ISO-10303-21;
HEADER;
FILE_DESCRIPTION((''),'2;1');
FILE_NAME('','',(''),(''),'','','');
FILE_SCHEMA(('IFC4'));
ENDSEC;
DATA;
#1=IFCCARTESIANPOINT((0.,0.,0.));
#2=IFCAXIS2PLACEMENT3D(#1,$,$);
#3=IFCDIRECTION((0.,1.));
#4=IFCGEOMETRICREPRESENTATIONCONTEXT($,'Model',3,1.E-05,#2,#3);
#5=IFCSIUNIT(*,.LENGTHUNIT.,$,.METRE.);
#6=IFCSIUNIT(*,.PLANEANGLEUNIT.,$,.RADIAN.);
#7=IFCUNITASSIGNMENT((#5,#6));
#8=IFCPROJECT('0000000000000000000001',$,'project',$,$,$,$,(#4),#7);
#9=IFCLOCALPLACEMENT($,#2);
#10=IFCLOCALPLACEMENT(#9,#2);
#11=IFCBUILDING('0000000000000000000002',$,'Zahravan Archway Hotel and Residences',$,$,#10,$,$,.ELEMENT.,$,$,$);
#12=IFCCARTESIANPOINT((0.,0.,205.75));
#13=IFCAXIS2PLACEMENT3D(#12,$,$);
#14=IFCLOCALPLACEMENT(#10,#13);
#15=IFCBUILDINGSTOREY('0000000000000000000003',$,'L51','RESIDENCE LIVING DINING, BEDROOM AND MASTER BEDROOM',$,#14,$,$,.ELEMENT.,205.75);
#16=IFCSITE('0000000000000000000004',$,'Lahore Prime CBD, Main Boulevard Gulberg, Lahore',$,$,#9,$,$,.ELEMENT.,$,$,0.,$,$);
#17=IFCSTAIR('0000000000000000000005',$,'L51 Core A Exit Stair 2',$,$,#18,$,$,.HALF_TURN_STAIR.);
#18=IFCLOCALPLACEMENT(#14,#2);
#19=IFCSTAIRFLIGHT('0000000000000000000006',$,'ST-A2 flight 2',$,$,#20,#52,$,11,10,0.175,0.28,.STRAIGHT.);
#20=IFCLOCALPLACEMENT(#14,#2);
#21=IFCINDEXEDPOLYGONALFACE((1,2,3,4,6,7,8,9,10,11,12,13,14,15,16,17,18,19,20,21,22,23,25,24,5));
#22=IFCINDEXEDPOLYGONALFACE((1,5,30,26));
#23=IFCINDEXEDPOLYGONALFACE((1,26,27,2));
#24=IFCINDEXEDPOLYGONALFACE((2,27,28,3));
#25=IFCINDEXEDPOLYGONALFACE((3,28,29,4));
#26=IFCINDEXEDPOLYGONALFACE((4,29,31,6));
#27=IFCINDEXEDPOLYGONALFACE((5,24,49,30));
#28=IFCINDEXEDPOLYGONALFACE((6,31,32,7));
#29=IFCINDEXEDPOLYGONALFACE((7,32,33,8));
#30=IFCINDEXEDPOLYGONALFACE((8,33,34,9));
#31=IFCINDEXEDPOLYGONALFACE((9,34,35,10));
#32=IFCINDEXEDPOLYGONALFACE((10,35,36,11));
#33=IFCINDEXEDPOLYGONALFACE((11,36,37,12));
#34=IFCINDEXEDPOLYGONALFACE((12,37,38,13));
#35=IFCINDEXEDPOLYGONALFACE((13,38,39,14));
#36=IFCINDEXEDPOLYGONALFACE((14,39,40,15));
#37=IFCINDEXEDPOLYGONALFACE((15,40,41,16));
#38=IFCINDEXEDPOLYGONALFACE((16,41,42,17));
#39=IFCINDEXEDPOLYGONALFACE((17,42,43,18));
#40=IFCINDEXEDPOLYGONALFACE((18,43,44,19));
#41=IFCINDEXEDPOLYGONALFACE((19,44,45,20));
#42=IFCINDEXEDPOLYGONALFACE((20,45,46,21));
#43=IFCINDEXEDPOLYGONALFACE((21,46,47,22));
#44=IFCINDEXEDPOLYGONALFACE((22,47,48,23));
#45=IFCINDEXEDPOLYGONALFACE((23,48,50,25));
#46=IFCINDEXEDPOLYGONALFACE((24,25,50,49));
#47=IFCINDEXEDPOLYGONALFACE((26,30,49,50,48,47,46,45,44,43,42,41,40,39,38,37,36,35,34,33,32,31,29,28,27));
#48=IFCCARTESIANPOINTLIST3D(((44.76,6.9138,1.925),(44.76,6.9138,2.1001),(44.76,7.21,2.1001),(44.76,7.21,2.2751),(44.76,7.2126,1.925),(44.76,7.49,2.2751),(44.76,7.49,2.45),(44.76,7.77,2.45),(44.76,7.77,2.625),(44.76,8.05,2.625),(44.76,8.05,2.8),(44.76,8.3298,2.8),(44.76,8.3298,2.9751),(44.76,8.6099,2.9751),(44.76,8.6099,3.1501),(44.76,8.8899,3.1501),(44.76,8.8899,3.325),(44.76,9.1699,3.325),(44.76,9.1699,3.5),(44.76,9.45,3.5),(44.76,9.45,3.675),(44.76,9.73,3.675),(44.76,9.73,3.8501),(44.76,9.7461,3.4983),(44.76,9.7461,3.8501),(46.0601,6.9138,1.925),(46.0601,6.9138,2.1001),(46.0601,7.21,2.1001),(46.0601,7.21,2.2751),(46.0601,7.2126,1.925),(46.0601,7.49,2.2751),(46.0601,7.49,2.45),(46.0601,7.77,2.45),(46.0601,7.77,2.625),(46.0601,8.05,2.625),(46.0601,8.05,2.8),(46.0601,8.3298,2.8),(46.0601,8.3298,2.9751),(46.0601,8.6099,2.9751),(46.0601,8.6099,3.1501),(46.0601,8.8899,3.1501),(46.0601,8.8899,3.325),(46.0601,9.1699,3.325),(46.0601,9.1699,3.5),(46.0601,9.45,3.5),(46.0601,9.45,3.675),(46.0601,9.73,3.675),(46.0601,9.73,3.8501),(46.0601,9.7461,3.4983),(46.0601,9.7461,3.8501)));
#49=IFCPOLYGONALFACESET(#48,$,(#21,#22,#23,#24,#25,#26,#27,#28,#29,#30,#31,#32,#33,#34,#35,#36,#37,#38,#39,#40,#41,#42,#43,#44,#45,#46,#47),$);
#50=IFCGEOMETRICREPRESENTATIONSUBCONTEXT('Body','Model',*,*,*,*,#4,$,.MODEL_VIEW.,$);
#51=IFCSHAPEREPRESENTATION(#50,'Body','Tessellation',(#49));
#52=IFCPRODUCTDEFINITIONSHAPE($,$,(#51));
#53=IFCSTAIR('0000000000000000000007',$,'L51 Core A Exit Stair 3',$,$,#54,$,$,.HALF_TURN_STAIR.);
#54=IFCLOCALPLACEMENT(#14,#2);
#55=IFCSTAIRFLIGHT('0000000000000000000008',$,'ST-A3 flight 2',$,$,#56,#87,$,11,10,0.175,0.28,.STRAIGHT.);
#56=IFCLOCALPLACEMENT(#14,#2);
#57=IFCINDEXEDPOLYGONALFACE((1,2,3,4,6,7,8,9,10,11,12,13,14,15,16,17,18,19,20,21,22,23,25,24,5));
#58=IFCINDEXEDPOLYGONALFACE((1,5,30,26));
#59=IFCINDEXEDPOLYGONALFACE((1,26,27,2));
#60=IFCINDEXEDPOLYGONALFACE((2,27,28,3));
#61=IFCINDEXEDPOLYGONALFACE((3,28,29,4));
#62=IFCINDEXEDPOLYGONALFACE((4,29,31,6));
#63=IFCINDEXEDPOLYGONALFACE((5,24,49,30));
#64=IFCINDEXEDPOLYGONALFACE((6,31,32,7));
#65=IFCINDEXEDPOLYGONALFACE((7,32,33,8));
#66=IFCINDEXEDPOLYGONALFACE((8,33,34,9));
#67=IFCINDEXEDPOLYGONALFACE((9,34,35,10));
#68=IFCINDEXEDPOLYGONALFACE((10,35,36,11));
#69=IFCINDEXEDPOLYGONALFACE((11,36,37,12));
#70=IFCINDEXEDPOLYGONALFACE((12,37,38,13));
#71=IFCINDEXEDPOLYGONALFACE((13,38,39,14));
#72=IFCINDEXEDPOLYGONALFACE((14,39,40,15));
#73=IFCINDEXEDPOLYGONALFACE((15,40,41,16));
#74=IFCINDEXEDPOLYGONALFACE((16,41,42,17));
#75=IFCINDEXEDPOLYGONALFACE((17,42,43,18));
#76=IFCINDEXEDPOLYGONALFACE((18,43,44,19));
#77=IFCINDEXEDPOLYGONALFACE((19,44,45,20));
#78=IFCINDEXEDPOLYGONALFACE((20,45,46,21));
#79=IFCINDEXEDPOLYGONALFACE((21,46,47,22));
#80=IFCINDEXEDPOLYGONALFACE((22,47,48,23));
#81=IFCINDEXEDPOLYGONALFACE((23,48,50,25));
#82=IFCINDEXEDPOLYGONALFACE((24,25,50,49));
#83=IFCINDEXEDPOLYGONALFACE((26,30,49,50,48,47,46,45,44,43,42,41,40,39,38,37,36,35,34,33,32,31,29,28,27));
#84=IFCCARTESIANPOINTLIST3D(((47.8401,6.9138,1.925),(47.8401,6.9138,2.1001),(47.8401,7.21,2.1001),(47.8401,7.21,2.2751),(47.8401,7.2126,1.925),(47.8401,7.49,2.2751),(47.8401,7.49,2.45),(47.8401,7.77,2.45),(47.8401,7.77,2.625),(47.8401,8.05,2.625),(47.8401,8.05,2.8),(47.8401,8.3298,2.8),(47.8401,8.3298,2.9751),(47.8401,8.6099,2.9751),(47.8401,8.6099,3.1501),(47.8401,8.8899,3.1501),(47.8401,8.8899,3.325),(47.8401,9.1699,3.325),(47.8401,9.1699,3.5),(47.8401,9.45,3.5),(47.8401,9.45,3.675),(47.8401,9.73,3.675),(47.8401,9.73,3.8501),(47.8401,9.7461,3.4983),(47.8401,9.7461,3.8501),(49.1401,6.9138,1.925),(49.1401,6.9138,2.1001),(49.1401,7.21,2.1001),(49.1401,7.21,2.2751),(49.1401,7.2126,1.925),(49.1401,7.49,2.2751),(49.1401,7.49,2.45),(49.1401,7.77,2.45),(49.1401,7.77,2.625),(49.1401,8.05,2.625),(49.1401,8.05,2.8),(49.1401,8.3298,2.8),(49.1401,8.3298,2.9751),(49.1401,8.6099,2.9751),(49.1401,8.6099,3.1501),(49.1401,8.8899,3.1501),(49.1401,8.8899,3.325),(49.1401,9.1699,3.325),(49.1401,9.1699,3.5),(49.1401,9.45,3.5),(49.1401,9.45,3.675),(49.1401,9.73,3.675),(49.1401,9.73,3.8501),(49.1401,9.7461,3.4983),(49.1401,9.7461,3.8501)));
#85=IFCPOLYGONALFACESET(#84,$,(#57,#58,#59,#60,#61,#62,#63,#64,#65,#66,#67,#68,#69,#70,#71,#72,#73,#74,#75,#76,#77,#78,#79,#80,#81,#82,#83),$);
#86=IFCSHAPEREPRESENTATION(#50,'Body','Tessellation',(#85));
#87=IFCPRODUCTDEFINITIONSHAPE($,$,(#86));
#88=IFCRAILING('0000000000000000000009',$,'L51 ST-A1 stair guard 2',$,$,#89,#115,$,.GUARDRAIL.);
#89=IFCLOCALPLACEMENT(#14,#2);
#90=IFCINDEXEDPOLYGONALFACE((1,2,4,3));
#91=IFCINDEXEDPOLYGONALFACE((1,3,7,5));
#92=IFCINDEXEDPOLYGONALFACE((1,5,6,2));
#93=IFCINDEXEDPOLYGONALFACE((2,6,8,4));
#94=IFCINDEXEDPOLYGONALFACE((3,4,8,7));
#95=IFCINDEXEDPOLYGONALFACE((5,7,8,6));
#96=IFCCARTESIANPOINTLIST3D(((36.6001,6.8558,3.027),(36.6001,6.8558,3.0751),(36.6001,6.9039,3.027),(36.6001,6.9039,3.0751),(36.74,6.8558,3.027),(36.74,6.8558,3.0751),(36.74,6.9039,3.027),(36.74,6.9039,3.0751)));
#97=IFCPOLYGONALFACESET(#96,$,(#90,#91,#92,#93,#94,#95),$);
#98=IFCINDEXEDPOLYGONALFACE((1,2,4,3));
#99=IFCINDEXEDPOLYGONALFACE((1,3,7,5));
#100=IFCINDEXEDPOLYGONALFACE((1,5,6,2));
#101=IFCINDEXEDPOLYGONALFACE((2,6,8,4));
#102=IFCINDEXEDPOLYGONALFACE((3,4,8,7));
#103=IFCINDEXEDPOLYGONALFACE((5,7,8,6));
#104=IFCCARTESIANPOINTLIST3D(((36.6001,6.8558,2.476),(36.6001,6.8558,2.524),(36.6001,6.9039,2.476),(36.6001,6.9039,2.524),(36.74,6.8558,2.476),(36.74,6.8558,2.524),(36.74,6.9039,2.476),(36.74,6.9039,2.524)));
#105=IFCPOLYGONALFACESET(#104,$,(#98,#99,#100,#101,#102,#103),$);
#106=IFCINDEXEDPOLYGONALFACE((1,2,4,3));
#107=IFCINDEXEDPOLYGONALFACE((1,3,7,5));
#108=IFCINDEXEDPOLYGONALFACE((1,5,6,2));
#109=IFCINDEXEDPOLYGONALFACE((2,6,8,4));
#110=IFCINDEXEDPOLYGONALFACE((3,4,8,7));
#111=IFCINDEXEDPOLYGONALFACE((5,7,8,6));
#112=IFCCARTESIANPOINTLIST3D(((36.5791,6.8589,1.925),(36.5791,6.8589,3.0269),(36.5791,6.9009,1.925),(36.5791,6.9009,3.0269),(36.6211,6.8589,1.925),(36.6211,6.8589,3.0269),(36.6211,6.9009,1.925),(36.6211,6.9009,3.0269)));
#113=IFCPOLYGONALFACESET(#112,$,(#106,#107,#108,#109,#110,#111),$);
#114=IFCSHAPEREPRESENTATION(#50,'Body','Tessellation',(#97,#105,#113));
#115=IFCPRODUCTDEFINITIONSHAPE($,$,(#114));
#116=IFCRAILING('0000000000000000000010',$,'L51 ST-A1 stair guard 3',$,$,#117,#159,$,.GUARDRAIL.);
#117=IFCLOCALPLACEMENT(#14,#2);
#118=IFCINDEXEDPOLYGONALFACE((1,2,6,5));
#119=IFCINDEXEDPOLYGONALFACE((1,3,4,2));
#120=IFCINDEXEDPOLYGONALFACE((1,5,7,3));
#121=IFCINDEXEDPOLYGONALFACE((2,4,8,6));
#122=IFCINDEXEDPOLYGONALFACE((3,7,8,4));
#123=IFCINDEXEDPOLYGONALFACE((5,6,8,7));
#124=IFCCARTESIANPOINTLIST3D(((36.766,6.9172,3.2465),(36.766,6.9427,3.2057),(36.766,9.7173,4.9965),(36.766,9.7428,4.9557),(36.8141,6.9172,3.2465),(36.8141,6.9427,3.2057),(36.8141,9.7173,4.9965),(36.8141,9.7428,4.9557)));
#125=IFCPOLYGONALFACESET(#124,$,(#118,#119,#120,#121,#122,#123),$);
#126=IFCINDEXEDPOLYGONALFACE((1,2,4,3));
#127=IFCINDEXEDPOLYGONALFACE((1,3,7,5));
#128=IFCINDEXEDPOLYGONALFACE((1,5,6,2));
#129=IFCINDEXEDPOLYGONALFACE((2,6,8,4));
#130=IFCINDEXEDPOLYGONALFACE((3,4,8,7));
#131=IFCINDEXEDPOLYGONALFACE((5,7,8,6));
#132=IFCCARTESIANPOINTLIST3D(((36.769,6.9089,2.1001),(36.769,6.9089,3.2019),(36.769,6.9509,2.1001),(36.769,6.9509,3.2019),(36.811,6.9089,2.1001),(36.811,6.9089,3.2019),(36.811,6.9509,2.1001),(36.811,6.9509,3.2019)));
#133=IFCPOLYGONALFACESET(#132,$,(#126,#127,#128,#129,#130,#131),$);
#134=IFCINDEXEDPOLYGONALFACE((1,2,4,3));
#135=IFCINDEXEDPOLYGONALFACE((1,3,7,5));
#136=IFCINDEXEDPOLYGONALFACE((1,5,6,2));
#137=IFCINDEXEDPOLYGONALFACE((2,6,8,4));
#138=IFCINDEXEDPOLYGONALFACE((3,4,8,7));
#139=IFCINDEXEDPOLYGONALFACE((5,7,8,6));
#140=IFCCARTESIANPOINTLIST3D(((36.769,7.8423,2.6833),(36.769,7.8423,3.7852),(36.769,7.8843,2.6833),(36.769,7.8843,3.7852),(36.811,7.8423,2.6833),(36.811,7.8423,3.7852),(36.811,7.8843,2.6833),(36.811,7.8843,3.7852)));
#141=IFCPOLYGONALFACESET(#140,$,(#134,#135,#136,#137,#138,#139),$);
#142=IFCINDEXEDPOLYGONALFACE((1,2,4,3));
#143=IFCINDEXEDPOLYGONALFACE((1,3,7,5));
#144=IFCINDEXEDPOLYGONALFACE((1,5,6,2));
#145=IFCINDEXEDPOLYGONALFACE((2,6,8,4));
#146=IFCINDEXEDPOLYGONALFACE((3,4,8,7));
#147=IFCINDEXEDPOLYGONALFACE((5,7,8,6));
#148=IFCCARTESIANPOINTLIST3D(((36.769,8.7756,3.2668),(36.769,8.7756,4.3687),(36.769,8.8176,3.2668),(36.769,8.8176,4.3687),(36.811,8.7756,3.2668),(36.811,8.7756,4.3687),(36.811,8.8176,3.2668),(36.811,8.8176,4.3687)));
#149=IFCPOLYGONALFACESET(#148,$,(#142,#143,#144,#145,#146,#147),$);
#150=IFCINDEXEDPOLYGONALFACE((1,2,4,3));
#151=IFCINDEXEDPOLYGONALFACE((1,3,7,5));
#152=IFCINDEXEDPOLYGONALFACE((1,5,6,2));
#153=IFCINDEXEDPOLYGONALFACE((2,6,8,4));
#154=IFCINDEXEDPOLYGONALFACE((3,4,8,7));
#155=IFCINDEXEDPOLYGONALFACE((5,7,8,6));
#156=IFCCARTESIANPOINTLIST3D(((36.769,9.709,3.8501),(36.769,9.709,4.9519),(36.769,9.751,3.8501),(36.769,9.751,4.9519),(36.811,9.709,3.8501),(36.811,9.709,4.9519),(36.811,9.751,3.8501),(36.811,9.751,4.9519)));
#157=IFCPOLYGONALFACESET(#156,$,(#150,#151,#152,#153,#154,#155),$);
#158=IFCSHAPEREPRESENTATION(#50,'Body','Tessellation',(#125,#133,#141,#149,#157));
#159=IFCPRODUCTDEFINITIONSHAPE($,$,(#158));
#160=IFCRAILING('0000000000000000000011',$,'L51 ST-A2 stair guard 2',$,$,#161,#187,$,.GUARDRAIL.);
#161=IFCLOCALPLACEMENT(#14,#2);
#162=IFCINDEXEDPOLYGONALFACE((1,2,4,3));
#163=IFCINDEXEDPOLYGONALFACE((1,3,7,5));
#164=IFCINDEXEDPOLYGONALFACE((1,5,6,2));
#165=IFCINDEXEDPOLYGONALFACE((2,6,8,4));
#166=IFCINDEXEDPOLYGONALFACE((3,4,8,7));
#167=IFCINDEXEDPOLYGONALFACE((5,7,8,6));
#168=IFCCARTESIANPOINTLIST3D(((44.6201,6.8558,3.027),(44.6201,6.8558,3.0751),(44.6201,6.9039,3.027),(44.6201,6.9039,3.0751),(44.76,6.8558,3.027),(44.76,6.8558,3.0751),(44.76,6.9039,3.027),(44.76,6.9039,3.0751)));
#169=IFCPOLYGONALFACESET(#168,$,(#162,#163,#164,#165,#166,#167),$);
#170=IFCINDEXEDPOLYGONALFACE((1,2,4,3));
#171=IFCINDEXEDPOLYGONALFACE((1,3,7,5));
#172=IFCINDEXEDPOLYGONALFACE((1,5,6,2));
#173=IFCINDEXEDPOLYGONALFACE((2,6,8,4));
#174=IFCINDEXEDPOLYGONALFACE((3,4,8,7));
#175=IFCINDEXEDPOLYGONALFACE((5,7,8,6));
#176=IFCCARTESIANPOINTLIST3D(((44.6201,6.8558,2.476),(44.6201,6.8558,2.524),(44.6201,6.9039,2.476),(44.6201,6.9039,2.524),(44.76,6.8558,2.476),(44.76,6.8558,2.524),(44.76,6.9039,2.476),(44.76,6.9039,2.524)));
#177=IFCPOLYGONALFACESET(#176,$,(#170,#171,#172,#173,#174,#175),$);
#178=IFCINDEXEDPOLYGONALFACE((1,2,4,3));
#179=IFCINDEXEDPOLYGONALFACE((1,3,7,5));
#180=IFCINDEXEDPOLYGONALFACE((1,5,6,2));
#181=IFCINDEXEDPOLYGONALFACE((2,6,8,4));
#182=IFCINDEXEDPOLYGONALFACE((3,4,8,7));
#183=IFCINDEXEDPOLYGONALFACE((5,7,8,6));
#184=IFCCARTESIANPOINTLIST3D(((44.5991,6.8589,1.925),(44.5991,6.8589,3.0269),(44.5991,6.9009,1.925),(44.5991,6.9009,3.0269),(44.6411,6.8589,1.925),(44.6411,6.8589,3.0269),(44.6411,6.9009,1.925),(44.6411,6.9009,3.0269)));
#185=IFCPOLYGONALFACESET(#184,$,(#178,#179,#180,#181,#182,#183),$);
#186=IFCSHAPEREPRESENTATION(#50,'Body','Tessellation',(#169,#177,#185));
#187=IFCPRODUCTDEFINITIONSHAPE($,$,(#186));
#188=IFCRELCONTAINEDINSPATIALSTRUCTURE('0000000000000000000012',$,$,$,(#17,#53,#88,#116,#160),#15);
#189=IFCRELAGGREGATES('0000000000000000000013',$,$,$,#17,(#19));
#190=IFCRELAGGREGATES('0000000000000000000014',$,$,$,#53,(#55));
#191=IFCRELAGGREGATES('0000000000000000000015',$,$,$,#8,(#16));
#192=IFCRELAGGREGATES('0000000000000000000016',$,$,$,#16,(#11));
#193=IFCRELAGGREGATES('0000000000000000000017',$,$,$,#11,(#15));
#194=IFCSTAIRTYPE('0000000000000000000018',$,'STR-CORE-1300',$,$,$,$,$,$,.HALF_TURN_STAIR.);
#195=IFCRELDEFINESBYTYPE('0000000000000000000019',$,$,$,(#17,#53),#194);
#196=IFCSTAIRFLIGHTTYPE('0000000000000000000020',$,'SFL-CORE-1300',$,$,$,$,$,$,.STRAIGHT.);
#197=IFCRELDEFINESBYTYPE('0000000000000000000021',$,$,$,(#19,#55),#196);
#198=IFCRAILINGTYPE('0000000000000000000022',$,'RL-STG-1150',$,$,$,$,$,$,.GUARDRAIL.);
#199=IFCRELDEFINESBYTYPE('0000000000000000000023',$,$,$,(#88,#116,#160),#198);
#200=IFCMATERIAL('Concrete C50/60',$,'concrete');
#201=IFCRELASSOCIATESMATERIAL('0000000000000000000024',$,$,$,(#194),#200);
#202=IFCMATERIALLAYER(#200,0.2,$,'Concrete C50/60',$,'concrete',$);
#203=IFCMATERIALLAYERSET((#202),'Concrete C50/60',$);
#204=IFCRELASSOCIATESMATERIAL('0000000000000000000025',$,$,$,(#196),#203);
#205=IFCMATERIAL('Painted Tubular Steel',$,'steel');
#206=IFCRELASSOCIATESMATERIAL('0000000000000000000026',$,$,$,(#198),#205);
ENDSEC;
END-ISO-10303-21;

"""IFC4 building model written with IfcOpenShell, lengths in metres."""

from ifc_helpers import new_model, si_unit, direction, frame, origin, origin_2d, place, context, subcontext, project, spatial, polyline, rectangle, outline, extrude, source, transform, mapped, material, layer, layer_set, type_object, element, aggregate, save


model = new_model("IFC4")

# Units and contexts
model_context = context("Model", 3, precision=1e-05, world=origin(), true_north=direction((0.0, 1.0)))
body_context = subcontext(model_context, "Body", "Model", "MODEL_VIEW")
ifc_project = project(units=[si_unit("LENGTHUNIT", "METRE"), si_unit("PLANEANGLEUNIT", "RADIAN")], contexts=[model_context])

# Site, building, storey
site_placement = place(None, origin())
site = spatial("IfcSite", under=ifc_project, at=site_placement, Name="Lahore Prime CBD, Main Boulevard Gulberg, Lahore", CompositionType="ELEMENT", RefElevation=0.0)
building_placement = place(site_placement, origin())
building = spatial("IfcBuilding", under=site, at=building_placement, Name="Zahravan Archway Hotel and Residences", CompositionType="ELEMENT")
storey_placement = place(building_placement, frame((0.0, 0.0, 205.75)))
storey = spatial("IfcBuildingStorey", under=building, at=storey_placement, Name="L51", Description="RESIDENCE LIVING DINING, BEDROOM AND MASTER BEDROOM", CompositionType="ELEMENT", Elevation=205.75)

# Shared definitions
ifc_material_1 = material(Name="Concrete C50/60", Category="concrete")

# Stairs, stair flights
stair_type = type_object("IfcStairType", Name="STR-CORE-1300", PredefinedType="HALF_TURN_STAIR", material=ifc_material_1)
ifc_layer_1 = layer(ifc_material_1, 0.2, Name="Concrete C50/60", Category="concrete")
ifc_layer_set_1 = layer_set([ifc_layer_1], Name="Concrete C50/60")
stair_flight_type = type_object("IfcStairFlightType", Name="SFL-CORE-1300", PredefinedType="STRAIGHT", material=ifc_layer_set_1)
shared_shape_1 = source(origin(), body_context, "Body", "SweptSolid", [
    extrude(outline(polyline([(-0.0161, 0.0), (-0.0161, 0.175), (0.28, 0.175), (0.28, 0.3501), (0.5601, 0.3501), (0.5601, 0.5249), (0.8401, 0.5249), (0.8401, 0.7), (1.1201, 0.7), (1.1201, 0.875), (1.3999, 0.875), (1.3999, 1.05), (1.6799, 1.05), (1.6799, 1.2251), (1.96, 1.2251), (1.96, 1.3999), (2.24, 1.3999), (2.24, 1.575), (2.52, 1.575), (2.52, 1.75), (2.8, 1.75), (2.8, 1.925), (2.8162, 1.925), (2.8162, 1.5732), (0.2827, 0.0), (-0.0161, 0.0)])), frame((0.0, 0.6499, 0.0), z_axis=(0.0, -1.0, 0.0), x_axis=(1.0, 0.0, 0.0)), (0.0, 0.0, 1.0), 1.3),
])
stair_1_placement = place(storey_placement, origin())
stair_1 = element("IfcStair", 1, at=stair_1_placement, inside=storey, type_object=stair_type, Name="L51 Core A Exit Stair 2", PredefinedType="HALF_TURN_STAIR")
stair_flight_1_placement = place(storey_placement, frame((45.4099, 6.9299, 1.925), z_axis=(0.0, 0.0, 1.0), x_axis=(0.0, 1.0, 0.0)))
stair_flight_1 = element("IfcStairFlight", 2, at=stair_flight_1_placement, type_object=stair_flight_type, Name="ST-A2 flight 2", NumberOfRisers=11, NumberOfTreads=10, PredefinedType="STRAIGHT", RiserHeight=0.175, TreadLength=0.28, context=body_context, shape_type="MappedRepresentation", body=[
    mapped(shared_shape_1, transform((0.0, 0.0, 0.0), scale=1.0)),
])
aggregate(stair_1, [stair_flight_1])
stair_2_placement = place(storey_placement, origin())
stair_2 = element("IfcStair", 3, at=stair_2_placement, inside=storey, type_object=stair_type, Name="L51 Core A Exit Stair 3", PredefinedType="HALF_TURN_STAIR")
stair_flight_2_placement = place(storey_placement, frame((48.49, 6.9299, 1.925), z_axis=(0.0, 0.0, 1.0), x_axis=(0.0, 1.0, 0.0)))
stair_flight_2 = element("IfcStairFlight", 4, at=stair_flight_2_placement, type_object=stair_flight_type, Name="ST-A3 flight 2", NumberOfRisers=11, NumberOfTreads=10, PredefinedType="STRAIGHT", RiserHeight=0.175, TreadLength=0.28, context=body_context, shape_type="MappedRepresentation", body=[
    mapped(shared_shape_1, transform((0.0, 0.0, 0.0), scale=1.0)),
])
aggregate(stair_2, [stair_flight_2])

# Railings
ifc_material_2 = material(Name="Painted Tubular Steel", Category="steel")
railing_type_1 = type_object("IfcRailingType", Name="RL-STG-1150", PredefinedType="GUARDRAIL", material=ifc_material_2)
railing_1_placement = place(storey_placement, frame((36.6001, 6.8799, 1.925)))
element("IfcRailing", 5, at=railing_1_placement, inside=storey, type_object=railing_type_1, Name="L51 ST-A1 stair guard 2", PredefinedType="GUARDRAIL", context=body_context, shape_type="SweptSolid", body=[
    extrude(rectangle(XDim=0.0481, YDim=0.0481, at=origin_2d()), frame((0.0, 0.0, 1.126), z_axis=(1.0, 0.0, 0.0), x_axis=(0.0, 1.0, 0.0)), (0.0, 0.0, 1.0), 0.1399),
    extrude(rectangle(XDim=0.0481, YDim=0.0481, at=origin_2d()), frame((0.0, 0.0, 0.575), z_axis=(1.0, 0.0, 0.0), x_axis=(0.0, 1.0, 0.0)), (0.0, 0.0, 1.0), 0.1399),
    extrude(rectangle(XDim=0.042, YDim=0.042, at=origin_2d()), origin(), (0.0, 0.0, 1.0), 1.1018),
])
railing_2_placement = place(storey_placement, frame((36.79, 6.9299, 2.1001)))
element("IfcRailing", 6, at=railing_2_placement, inside=storey, type_object=railing_type_1, Name="L51 ST-A1 stair guard 3", PredefinedType="GUARDRAIL", context=body_context, shape_type="SweptSolid", body=[
    extrude(rectangle(XDim=0.0481, YDim=0.0481, at=origin_2d()), frame((0.0, 0.0, 1.126), z_axis=(0.0, 0.848002, 0.529992), x_axis=(-1.0, 0.0, 0.0)), (0.0, 0.0, 1.0), 3.302),
    extrude(rectangle(XDim=0.042, YDim=0.042, at=origin_2d()), origin(), (0.0, 0.0, 1.0), 1.1018),
    extrude(rectangle(XDim=0.042, YDim=0.042, at=origin_2d()), frame((0.0, 0.9333, 0.5833)), (0.0, 0.0, 1.0), 1.1018),
    extrude(rectangle(XDim=0.042, YDim=0.042, at=origin_2d()), frame((0.0, 1.8667, 1.1667)), (0.0, 0.0, 1.0), 1.1018),
    extrude(rectangle(XDim=0.042, YDim=0.042, at=origin_2d()), frame((0.0, 2.8, 1.75)), (0.0, 0.0, 1.0), 1.1018),
])
railing_3_placement = place(storey_placement, frame((44.6201, 6.8799, 1.925)))
element("IfcRailing", 7, at=railing_3_placement, inside=storey, type_object=railing_type_1, Name="L51 ST-A2 stair guard 2", PredefinedType="GUARDRAIL", context=body_context, shape_type="SweptSolid", body=[
    extrude(rectangle(XDim=0.0481, YDim=0.0481, at=origin_2d()), frame((0.0, 0.0, 1.126), z_axis=(1.0, 0.0, 0.0), x_axis=(0.0, 1.0, 0.0)), (0.0, 0.0, 1.0), 0.1399),
    extrude(rectangle(XDim=0.0481, YDim=0.0481, at=origin_2d()), frame((0.0, 0.0, 0.575), z_axis=(1.0, 0.0, 0.0), x_axis=(0.0, 1.0, 0.0)), (0.0, 0.0, 1.0), 0.1399),
    extrude(rectangle(XDim=0.042, YDim=0.042, at=origin_2d()), origin(), (0.0, 0.0, 1.0), 1.1018),
])

save(model, "model.ifc")
